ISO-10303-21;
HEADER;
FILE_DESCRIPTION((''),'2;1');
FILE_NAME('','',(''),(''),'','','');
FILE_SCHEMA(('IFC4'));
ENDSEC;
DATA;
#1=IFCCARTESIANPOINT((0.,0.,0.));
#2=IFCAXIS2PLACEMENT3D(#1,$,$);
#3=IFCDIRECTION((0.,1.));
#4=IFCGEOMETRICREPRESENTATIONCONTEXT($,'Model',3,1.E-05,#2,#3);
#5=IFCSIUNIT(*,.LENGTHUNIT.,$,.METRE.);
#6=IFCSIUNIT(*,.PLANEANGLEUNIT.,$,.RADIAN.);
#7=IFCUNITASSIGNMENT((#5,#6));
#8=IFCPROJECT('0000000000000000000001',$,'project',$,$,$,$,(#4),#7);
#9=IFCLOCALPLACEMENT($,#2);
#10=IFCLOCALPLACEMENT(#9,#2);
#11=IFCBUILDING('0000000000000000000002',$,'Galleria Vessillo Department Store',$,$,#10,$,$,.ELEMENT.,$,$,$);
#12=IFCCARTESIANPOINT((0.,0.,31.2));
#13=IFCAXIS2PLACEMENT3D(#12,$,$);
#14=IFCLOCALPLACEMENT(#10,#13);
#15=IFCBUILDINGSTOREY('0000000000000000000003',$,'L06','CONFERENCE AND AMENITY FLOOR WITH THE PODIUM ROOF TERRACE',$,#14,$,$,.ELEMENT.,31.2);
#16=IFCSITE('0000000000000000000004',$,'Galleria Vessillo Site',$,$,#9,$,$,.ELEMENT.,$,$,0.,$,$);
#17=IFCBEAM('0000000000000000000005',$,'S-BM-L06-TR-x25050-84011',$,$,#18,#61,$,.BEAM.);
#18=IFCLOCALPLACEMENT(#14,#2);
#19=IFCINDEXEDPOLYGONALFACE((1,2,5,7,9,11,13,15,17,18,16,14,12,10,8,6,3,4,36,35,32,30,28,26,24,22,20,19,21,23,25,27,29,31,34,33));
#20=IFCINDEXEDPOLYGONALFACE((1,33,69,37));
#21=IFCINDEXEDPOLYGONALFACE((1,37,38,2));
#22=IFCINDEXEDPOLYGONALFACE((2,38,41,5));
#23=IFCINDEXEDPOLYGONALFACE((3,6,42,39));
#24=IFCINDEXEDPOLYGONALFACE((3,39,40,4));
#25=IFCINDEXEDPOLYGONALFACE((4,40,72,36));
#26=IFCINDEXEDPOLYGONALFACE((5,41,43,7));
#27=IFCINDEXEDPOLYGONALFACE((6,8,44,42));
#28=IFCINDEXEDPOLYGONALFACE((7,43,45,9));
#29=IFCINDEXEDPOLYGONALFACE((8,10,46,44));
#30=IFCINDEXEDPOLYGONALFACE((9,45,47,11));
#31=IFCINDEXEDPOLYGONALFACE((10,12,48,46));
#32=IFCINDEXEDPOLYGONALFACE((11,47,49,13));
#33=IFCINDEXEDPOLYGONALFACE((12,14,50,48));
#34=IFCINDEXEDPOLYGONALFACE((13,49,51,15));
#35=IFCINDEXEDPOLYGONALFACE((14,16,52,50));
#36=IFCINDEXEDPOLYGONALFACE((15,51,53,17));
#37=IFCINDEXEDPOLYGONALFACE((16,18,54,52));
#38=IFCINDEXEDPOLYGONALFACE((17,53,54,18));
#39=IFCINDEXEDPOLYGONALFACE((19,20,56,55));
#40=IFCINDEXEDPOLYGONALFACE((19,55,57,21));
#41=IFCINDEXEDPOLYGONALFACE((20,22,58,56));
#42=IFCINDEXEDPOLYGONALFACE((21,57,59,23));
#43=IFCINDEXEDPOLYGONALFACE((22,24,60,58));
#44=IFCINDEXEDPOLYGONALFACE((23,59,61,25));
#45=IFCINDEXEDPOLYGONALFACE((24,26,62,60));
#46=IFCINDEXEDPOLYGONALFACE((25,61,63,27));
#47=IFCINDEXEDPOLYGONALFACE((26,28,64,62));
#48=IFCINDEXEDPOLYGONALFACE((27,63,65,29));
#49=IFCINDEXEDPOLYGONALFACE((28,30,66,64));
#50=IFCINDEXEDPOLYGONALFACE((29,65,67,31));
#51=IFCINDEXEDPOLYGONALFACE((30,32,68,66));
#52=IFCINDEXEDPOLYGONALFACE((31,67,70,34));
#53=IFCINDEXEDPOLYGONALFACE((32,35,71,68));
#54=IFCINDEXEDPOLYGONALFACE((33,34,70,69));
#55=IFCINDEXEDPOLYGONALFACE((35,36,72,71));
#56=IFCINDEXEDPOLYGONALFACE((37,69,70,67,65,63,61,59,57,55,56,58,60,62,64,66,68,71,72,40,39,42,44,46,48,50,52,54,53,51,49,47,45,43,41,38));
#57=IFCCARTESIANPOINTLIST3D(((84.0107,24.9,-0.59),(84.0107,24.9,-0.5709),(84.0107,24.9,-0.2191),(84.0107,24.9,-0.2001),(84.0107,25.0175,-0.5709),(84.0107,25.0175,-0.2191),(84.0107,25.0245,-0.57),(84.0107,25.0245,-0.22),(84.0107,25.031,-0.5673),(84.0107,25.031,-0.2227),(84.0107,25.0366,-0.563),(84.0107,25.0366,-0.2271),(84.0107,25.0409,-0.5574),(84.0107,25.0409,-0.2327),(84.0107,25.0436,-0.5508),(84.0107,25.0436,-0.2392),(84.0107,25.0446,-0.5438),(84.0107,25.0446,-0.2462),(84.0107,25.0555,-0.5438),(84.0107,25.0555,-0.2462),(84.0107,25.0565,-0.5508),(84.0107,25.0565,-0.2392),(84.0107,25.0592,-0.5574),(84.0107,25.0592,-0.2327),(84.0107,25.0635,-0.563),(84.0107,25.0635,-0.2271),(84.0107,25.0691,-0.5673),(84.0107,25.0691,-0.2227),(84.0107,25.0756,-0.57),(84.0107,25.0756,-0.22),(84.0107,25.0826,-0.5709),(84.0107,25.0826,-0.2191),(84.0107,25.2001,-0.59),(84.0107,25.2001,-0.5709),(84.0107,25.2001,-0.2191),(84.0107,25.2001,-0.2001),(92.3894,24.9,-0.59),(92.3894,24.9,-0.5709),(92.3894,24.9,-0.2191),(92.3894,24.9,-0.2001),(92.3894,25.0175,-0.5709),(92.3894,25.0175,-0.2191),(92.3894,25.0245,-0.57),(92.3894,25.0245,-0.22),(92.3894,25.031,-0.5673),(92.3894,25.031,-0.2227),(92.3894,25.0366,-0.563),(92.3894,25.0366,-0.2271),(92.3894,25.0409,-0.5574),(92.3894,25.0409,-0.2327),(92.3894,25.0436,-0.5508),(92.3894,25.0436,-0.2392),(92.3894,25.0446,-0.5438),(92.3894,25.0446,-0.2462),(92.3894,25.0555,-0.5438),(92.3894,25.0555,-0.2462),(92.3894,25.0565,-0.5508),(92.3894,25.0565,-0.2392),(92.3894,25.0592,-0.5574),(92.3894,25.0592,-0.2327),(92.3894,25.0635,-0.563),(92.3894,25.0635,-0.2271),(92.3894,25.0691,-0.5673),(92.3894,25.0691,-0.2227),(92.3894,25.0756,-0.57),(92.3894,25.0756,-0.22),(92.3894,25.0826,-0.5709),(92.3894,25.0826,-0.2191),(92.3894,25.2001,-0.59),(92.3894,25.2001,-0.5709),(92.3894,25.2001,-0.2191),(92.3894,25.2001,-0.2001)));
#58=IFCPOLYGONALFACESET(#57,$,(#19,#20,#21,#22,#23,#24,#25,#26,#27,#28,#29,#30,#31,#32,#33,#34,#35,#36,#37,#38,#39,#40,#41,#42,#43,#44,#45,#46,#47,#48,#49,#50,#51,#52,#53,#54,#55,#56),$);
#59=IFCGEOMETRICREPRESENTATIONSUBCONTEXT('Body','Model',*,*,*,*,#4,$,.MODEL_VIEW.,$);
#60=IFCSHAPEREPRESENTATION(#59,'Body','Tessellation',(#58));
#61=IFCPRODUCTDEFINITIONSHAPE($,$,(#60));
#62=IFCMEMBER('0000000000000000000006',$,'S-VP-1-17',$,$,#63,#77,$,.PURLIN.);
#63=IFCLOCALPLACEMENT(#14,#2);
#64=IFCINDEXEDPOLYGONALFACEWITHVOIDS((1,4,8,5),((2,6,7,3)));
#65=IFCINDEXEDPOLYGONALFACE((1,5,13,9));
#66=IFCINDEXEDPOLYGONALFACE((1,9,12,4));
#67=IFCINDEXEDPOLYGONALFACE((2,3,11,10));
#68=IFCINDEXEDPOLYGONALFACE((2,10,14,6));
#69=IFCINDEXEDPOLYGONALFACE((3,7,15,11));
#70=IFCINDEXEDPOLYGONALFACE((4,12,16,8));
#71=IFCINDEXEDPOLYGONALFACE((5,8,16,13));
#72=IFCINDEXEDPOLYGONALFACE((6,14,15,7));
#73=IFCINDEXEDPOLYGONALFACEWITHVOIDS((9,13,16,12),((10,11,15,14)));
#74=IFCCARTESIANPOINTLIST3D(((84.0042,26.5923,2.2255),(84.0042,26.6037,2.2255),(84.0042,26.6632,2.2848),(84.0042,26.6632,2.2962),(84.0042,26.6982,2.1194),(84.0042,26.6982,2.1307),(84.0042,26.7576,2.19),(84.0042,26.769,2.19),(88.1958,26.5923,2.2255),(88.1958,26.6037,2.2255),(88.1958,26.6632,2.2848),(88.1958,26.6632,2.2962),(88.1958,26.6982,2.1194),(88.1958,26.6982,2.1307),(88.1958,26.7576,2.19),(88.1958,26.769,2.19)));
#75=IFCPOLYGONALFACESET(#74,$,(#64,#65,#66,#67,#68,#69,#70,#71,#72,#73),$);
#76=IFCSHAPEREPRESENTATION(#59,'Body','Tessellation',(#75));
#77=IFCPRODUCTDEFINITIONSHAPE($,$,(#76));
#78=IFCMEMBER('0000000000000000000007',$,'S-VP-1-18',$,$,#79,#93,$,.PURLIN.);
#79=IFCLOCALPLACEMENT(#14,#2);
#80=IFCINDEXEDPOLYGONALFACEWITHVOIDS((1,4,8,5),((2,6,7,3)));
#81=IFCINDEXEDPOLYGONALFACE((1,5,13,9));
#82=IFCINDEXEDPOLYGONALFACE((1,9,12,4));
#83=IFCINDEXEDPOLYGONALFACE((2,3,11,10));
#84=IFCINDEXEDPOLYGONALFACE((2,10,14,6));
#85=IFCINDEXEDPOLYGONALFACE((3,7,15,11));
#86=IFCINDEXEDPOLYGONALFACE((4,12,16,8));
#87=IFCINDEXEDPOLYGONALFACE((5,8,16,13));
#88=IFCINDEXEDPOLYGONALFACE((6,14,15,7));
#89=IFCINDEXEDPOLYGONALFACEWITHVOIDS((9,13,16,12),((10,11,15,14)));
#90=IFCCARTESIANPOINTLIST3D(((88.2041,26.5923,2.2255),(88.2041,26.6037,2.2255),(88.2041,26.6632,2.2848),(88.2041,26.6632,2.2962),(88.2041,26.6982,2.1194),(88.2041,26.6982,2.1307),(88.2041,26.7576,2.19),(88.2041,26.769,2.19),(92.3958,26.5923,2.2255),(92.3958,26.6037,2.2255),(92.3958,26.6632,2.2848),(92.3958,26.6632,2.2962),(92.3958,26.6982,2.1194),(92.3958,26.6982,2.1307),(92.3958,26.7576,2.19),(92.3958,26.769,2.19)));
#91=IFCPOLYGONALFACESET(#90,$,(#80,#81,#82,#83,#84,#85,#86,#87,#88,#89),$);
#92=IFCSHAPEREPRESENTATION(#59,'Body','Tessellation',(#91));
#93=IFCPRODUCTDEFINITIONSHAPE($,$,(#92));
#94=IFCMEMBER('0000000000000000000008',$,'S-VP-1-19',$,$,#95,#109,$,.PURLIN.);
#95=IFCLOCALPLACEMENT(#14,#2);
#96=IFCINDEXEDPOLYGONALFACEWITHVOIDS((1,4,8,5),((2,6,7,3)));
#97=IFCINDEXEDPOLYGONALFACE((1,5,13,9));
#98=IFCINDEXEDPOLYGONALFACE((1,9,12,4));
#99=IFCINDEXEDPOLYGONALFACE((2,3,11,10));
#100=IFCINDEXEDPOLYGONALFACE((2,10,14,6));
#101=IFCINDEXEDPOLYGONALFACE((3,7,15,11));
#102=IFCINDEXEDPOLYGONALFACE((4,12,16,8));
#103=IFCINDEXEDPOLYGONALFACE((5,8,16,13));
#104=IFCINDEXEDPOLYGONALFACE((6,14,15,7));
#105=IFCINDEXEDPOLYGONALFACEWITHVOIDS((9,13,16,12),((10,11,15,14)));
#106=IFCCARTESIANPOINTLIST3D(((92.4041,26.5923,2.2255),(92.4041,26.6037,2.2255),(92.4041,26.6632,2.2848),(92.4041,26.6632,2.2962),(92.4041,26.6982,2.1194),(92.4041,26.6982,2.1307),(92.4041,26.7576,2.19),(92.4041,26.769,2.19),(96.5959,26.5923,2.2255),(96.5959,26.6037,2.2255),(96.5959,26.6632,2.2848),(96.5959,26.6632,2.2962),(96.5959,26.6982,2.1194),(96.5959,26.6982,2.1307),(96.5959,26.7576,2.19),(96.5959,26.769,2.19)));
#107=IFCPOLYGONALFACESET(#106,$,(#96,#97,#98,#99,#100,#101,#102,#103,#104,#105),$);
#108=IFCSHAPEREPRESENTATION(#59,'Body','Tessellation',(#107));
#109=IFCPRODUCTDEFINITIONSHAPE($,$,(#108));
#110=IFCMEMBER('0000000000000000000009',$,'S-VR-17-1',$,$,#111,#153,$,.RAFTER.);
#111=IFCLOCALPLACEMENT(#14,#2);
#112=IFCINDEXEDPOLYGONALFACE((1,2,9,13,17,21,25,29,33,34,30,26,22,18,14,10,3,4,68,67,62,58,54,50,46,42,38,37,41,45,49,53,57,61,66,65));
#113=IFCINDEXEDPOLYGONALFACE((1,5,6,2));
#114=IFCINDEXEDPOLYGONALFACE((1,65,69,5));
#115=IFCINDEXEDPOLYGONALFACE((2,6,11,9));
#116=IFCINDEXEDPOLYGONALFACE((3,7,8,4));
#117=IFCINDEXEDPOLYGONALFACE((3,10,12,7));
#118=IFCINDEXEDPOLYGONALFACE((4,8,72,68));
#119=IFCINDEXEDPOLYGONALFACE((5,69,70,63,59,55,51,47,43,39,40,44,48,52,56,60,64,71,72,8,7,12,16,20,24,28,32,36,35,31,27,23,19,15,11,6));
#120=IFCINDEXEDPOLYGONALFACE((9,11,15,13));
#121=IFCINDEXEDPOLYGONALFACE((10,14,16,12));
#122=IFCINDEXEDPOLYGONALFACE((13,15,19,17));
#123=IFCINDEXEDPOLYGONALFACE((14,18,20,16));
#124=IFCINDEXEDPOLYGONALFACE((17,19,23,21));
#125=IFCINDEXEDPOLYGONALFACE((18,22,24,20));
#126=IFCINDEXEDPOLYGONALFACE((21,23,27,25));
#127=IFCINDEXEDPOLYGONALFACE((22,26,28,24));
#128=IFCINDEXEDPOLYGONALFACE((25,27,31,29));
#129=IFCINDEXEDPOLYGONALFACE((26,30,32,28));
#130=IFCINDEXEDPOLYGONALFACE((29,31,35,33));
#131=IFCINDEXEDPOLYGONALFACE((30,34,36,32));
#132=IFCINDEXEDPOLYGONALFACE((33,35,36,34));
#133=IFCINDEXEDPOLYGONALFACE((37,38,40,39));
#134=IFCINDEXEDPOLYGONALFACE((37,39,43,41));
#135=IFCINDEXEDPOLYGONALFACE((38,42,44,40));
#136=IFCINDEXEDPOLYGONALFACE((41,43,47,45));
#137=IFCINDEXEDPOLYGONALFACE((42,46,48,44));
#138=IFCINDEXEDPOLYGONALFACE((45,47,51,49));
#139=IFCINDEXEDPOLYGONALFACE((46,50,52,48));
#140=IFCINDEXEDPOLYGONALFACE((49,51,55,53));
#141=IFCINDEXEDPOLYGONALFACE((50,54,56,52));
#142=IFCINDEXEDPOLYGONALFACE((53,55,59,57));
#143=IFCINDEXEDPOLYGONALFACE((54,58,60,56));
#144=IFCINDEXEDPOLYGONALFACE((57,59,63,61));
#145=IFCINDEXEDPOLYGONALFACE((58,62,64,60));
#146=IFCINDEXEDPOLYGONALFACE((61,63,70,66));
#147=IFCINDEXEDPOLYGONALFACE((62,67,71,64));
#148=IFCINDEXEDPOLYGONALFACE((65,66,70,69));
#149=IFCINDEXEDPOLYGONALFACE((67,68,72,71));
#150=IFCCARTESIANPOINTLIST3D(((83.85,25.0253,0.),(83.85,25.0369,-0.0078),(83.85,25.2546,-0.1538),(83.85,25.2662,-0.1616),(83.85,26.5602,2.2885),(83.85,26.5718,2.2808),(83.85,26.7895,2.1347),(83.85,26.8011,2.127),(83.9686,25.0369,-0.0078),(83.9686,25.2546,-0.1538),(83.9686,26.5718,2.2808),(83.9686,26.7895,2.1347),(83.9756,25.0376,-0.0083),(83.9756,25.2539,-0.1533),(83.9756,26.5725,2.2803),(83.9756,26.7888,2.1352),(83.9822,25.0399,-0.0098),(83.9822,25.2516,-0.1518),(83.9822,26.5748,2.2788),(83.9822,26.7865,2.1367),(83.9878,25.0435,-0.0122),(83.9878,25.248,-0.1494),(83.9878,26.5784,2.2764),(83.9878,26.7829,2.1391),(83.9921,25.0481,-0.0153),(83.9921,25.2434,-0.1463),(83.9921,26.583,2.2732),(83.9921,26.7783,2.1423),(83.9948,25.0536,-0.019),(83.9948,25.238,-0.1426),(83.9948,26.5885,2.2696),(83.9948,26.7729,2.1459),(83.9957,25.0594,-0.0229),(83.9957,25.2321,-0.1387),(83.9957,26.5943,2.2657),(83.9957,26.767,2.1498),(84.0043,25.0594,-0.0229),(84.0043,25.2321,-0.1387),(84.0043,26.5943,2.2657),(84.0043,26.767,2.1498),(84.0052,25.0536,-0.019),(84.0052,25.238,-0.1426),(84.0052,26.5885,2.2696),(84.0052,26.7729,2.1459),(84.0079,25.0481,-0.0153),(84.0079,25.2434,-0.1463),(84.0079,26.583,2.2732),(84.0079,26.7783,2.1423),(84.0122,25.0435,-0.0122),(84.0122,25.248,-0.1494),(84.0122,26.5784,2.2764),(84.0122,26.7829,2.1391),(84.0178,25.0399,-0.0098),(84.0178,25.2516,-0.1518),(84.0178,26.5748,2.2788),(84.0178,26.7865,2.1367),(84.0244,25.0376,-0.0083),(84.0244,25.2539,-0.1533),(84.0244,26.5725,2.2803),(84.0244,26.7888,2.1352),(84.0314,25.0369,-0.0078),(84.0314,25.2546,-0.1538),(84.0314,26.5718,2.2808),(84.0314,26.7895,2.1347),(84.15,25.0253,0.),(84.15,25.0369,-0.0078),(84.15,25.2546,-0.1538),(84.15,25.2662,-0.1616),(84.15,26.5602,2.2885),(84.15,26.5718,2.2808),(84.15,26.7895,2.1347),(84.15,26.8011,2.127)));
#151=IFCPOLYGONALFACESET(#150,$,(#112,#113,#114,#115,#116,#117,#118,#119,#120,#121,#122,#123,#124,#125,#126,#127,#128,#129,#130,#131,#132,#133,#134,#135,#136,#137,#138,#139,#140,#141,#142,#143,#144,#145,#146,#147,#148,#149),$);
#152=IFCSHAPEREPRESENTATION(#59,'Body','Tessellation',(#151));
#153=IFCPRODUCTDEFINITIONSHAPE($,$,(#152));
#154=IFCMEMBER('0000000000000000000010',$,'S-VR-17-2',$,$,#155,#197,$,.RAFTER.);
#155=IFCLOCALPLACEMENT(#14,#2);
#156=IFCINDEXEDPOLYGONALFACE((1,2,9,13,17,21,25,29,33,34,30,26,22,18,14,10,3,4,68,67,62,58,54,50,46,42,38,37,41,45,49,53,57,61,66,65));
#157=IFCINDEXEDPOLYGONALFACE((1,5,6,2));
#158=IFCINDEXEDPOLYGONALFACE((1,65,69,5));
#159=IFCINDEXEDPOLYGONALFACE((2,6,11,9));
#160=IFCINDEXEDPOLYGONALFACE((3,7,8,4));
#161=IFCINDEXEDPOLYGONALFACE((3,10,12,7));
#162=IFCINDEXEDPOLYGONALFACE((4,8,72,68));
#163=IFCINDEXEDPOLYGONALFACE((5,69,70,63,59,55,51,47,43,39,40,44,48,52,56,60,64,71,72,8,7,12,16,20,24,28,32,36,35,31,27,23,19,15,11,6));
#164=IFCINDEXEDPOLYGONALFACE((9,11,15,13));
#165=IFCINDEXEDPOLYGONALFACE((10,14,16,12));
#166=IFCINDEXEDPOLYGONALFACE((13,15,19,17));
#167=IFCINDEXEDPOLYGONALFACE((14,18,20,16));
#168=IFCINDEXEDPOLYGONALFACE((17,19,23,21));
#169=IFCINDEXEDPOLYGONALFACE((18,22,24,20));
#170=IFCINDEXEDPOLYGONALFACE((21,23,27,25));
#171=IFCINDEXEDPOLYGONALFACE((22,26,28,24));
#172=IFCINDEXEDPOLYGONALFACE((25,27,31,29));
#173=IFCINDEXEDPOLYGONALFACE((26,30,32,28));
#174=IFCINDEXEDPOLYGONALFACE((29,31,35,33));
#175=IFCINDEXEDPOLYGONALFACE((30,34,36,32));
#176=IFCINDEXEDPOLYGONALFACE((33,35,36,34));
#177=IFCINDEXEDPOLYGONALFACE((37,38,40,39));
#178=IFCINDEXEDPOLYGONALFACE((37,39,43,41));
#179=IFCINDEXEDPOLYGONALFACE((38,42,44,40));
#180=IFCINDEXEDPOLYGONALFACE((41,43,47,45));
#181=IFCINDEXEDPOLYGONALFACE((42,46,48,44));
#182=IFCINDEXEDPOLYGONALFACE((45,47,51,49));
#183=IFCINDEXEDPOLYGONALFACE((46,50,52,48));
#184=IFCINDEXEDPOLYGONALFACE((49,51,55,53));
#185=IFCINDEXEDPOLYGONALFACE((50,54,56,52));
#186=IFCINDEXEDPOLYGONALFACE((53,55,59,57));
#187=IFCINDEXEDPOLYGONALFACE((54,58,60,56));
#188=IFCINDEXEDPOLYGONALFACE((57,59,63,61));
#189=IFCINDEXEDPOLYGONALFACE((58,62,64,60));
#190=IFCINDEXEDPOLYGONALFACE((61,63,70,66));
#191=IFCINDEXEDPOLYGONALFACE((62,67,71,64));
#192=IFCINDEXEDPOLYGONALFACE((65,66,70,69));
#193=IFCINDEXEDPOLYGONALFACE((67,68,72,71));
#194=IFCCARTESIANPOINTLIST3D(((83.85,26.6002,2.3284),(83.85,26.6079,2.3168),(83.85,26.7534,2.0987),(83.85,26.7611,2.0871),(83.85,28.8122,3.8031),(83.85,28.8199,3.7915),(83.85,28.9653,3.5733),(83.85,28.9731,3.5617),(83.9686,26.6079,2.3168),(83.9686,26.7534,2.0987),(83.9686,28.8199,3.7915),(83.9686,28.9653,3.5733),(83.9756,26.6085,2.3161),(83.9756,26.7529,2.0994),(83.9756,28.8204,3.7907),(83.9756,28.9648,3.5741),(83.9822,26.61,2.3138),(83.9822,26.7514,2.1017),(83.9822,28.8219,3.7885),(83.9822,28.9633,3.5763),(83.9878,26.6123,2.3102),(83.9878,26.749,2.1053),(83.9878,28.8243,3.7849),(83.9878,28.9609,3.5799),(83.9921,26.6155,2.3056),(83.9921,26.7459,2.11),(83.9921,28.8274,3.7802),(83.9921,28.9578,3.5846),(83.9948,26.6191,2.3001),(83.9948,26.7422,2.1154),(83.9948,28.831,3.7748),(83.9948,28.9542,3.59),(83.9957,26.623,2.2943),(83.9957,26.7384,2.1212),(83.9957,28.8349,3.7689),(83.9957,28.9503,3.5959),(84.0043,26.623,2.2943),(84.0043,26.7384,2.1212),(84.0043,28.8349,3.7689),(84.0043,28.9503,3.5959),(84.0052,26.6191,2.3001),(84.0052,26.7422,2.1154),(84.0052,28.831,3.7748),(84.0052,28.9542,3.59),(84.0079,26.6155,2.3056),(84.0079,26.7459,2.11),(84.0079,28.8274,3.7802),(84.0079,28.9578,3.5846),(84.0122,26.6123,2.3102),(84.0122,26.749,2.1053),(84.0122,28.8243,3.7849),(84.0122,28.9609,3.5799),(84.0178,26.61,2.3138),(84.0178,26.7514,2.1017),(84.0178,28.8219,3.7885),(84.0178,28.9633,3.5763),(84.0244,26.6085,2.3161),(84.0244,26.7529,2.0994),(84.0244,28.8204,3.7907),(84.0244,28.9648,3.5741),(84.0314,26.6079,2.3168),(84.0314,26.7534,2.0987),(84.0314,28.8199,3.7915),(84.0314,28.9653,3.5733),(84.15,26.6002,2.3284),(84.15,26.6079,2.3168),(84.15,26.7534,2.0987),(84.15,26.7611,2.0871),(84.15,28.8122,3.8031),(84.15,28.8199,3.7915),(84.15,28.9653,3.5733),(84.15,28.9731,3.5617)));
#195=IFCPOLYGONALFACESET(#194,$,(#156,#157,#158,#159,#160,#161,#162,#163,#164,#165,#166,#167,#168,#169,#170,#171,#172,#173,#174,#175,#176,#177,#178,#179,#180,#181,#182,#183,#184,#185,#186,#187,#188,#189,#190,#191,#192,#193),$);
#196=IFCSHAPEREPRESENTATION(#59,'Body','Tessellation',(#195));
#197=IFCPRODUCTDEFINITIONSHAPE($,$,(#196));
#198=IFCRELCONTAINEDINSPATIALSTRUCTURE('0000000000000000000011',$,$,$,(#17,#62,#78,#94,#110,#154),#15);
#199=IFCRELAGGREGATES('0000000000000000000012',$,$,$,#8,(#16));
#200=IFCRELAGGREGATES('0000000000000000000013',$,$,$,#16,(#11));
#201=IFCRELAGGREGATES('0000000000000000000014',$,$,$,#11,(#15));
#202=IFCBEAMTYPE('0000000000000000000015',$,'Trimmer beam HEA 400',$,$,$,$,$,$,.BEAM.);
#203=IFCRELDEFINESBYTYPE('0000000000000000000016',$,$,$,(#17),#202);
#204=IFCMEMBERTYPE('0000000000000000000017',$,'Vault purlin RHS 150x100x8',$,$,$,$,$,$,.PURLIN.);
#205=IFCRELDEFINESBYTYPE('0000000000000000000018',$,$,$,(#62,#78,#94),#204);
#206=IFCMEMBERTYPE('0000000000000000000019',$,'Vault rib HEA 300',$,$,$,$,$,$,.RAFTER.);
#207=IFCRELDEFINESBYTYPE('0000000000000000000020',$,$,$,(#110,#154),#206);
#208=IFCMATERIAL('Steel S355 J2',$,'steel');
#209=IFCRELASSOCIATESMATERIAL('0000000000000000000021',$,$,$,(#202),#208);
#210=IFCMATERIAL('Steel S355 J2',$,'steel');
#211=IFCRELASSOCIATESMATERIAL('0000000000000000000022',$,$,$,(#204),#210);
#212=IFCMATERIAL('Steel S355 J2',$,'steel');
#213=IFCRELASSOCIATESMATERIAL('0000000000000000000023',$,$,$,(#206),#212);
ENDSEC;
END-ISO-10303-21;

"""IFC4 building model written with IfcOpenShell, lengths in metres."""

from ifc_helpers import new_model, si_unit, direction, frame, origin, origin_2d, place, context, subcontext, project, spatial, hollow_rectangle, i_section, extrude, material, material_profile, profile_set, type_object, element, save


model = new_model("IFC4")

# Units and contexts
model_context = context("Model", 3, precision=1e-05, world=origin(), true_north=direction((0.0, 1.0)))
body_context = subcontext(model_context, "Body", "Model", "MODEL_VIEW")
ifc_project = project(units=[si_unit("LENGTHUNIT", "METRE"), si_unit("PLANEANGLEUNIT", "RADIAN")], contexts=[model_context])

# Site, building, storey
site_placement = place(None, origin())
site = spatial("IfcSite", under=ifc_project, at=site_placement, Name="Galleria Vessillo Site", CompositionType="ELEMENT", RefElevation=0.0)
building_placement = place(site_placement, origin())
building = spatial("IfcBuilding", under=site, at=building_placement, Name="Galleria Vessillo Department Store", CompositionType="ELEMENT")
storey_placement = place(building_placement, frame((0.0, 0.0, 31.2)))
storey = spatial("IfcBuildingStorey", under=building, at=storey_placement, Name="L06", Description="CONFERENCE AND AMENITY FLOOR WITH THE PODIUM ROOF TERRACE", CompositionType="ELEMENT", Elevation=31.2)

# Beam
ifc_material_1 = material(Name="Steel S355 J2", Category="steel")
ifc_material_profile_1 = material_profile(ifc_material_1, i_section(OverallWidth=0.3, OverallDepth=0.3899, WebThickness=0.011, FlangeThickness=0.019, FilletRadius=0.0271, at=origin_2d()), Name="HEA 400")
ifc_profile_set_1 = profile_set([ifc_material_profile_1], Name="Steel S355 J2")
beam_type_1 = type_object("IfcBeamType", Name="Trimmer beam HEA 400", PredefinedType="BEAM", material=ifc_profile_set_1)
beam_1_placement = place(storey_placement, frame((84.0107, 25.05, -0.395), z_axis=(1.0, 0.0, 0.0), x_axis=(0.0, 1.0, 0.0)))
element("IfcBeam", 1, at=beam_1_placement, inside=storey, type_object=beam_type_1, Name="S-BM-L06-TR-x25050-84011", PredefinedType="BEAM", context=body_context, shape_type="SweptSolid", body=[
    extrude(i_section(OverallWidth=0.3, OverallDepth=0.3899, WebThickness=0.011, FlangeThickness=0.019, FilletRadius=0.0271, at=origin_2d()), origin(), (0.0, 0.0, 1.0), 8.3787),
])

# Members
ifc_material_2 = material(Name="Steel S355 J2", Category="steel")
ifc_material_profile_2 = material_profile(ifc_material_2, hollow_rectangle(XDim=0.1001, YDim=0.1499, WallThickness=0.0081, at=origin_2d()), Name="RHS 150x100x8")
ifc_profile_set_2 = profile_set([ifc_material_profile_2], Name="Steel S355 J2")
member_type_1 = type_object("IfcMemberType", Name="Vault purlin RHS 150x100x8", PredefinedType="PURLIN", material=ifc_profile_set_2)
for number, where, z_axis, x_axis, name in (
    (2, (84.0042, 26.6807, 2.2078), (1.0, 0.0, 0.0), (0.0, 0.708077, 0.706135), "S-VP-1-17"),
    (3, (88.2041, 26.6807, 2.2078), (1.0, 0.0, 0.0), (0.0, 0.708077, 0.706135), "S-VP-1-18"),
):
    element("IfcMember", number, at=place(storey_placement, frame(where, z_axis=z_axis, x_axis=x_axis)), inside=storey, type_object=member_type_1, Name=name, PredefinedType="PURLIN", context=body_context, shape_type="SweptSolid", body=[
        extrude(hollow_rectangle(XDim=0.1001, YDim=0.1499, WallThickness=0.0081, at=origin_2d()), origin(), (0.0, 0.0, 1.0), 4.1917),
    ])
member_1_placement = place(storey_placement, frame((92.4041, 26.6807, 2.2078), z_axis=(1.0, 0.0, 0.0), x_axis=(0.0, 0.708077, 0.706135)))
element("IfcMember", 4, at=member_1_placement, inside=storey, type_object=member_type_1, Name="S-VP-1-19", PredefinedType="PURLIN", context=body_context, shape_type="SweptSolid", body=[
    extrude(hollow_rectangle(XDim=0.1001, YDim=0.1499, WallThickness=0.0081, at=origin_2d()), origin(), (0.0, 0.0, 1.0), 4.1919),
])
ifc_material_3 = material(Name="Steel S355 J2", Category="steel")
ifc_material_profile_3 = material_profile(ifc_material_3, i_section(OverallWidth=0.3, OverallDepth=0.29, WebThickness=0.0085, FlangeThickness=0.0139, FilletRadius=0.0271, at=origin_2d()), Name="HEA 300")
ifc_profile_set_3 = profile_set([ifc_material_profile_3], Name="Steel S355 J2")
member_type_2 = type_object("IfcMemberType", Name="Vault rib HEA 300", PredefinedType="RAFTER", material=ifc_profile_set_3)
member_2_placement = place(storey_placement, frame((84.0, 25.1458, -0.0808), z_axis=(0.0, 0.557008, 0.830507), x_axis=(-1.0, 0.0, 0.0)))
element("IfcMember", 5, at=member_2_placement, inside=storey, type_object=member_type_2, Name="S-VR-17-1", PredefinedType="RAFTER", context=body_context, shape_type="SweptSolid", body=[
    extrude(i_section(OverallWidth=0.3, OverallDepth=0.29, WebThickness=0.0085, FlangeThickness=0.0139, FilletRadius=0.0271, at=origin_2d()), origin(), (0.0, 0.0, 1.0), 2.7556),
])
member_3_placement = place(storey_placement, frame((84.0, 26.6807, 2.2078), z_axis=(0.0, 0.83205, 0.5547), x_axis=(-1.0, 0.0, 0.0)))
element("IfcMember", 6, at=member_3_placement, inside=storey, type_object=member_type_2, Name="S-VR-17-2", PredefinedType="RAFTER", context=body_context, shape_type="SweptSolid", body=[
    extrude(i_section(OverallWidth=0.3, OverallDepth=0.29, WebThickness=0.0085, FlangeThickness=0.0139, FilletRadius=0.0271, at=origin_2d()), origin(), (0.0, 0.0, 1.0), 2.6584),
])

save(model, "model.ifc")
